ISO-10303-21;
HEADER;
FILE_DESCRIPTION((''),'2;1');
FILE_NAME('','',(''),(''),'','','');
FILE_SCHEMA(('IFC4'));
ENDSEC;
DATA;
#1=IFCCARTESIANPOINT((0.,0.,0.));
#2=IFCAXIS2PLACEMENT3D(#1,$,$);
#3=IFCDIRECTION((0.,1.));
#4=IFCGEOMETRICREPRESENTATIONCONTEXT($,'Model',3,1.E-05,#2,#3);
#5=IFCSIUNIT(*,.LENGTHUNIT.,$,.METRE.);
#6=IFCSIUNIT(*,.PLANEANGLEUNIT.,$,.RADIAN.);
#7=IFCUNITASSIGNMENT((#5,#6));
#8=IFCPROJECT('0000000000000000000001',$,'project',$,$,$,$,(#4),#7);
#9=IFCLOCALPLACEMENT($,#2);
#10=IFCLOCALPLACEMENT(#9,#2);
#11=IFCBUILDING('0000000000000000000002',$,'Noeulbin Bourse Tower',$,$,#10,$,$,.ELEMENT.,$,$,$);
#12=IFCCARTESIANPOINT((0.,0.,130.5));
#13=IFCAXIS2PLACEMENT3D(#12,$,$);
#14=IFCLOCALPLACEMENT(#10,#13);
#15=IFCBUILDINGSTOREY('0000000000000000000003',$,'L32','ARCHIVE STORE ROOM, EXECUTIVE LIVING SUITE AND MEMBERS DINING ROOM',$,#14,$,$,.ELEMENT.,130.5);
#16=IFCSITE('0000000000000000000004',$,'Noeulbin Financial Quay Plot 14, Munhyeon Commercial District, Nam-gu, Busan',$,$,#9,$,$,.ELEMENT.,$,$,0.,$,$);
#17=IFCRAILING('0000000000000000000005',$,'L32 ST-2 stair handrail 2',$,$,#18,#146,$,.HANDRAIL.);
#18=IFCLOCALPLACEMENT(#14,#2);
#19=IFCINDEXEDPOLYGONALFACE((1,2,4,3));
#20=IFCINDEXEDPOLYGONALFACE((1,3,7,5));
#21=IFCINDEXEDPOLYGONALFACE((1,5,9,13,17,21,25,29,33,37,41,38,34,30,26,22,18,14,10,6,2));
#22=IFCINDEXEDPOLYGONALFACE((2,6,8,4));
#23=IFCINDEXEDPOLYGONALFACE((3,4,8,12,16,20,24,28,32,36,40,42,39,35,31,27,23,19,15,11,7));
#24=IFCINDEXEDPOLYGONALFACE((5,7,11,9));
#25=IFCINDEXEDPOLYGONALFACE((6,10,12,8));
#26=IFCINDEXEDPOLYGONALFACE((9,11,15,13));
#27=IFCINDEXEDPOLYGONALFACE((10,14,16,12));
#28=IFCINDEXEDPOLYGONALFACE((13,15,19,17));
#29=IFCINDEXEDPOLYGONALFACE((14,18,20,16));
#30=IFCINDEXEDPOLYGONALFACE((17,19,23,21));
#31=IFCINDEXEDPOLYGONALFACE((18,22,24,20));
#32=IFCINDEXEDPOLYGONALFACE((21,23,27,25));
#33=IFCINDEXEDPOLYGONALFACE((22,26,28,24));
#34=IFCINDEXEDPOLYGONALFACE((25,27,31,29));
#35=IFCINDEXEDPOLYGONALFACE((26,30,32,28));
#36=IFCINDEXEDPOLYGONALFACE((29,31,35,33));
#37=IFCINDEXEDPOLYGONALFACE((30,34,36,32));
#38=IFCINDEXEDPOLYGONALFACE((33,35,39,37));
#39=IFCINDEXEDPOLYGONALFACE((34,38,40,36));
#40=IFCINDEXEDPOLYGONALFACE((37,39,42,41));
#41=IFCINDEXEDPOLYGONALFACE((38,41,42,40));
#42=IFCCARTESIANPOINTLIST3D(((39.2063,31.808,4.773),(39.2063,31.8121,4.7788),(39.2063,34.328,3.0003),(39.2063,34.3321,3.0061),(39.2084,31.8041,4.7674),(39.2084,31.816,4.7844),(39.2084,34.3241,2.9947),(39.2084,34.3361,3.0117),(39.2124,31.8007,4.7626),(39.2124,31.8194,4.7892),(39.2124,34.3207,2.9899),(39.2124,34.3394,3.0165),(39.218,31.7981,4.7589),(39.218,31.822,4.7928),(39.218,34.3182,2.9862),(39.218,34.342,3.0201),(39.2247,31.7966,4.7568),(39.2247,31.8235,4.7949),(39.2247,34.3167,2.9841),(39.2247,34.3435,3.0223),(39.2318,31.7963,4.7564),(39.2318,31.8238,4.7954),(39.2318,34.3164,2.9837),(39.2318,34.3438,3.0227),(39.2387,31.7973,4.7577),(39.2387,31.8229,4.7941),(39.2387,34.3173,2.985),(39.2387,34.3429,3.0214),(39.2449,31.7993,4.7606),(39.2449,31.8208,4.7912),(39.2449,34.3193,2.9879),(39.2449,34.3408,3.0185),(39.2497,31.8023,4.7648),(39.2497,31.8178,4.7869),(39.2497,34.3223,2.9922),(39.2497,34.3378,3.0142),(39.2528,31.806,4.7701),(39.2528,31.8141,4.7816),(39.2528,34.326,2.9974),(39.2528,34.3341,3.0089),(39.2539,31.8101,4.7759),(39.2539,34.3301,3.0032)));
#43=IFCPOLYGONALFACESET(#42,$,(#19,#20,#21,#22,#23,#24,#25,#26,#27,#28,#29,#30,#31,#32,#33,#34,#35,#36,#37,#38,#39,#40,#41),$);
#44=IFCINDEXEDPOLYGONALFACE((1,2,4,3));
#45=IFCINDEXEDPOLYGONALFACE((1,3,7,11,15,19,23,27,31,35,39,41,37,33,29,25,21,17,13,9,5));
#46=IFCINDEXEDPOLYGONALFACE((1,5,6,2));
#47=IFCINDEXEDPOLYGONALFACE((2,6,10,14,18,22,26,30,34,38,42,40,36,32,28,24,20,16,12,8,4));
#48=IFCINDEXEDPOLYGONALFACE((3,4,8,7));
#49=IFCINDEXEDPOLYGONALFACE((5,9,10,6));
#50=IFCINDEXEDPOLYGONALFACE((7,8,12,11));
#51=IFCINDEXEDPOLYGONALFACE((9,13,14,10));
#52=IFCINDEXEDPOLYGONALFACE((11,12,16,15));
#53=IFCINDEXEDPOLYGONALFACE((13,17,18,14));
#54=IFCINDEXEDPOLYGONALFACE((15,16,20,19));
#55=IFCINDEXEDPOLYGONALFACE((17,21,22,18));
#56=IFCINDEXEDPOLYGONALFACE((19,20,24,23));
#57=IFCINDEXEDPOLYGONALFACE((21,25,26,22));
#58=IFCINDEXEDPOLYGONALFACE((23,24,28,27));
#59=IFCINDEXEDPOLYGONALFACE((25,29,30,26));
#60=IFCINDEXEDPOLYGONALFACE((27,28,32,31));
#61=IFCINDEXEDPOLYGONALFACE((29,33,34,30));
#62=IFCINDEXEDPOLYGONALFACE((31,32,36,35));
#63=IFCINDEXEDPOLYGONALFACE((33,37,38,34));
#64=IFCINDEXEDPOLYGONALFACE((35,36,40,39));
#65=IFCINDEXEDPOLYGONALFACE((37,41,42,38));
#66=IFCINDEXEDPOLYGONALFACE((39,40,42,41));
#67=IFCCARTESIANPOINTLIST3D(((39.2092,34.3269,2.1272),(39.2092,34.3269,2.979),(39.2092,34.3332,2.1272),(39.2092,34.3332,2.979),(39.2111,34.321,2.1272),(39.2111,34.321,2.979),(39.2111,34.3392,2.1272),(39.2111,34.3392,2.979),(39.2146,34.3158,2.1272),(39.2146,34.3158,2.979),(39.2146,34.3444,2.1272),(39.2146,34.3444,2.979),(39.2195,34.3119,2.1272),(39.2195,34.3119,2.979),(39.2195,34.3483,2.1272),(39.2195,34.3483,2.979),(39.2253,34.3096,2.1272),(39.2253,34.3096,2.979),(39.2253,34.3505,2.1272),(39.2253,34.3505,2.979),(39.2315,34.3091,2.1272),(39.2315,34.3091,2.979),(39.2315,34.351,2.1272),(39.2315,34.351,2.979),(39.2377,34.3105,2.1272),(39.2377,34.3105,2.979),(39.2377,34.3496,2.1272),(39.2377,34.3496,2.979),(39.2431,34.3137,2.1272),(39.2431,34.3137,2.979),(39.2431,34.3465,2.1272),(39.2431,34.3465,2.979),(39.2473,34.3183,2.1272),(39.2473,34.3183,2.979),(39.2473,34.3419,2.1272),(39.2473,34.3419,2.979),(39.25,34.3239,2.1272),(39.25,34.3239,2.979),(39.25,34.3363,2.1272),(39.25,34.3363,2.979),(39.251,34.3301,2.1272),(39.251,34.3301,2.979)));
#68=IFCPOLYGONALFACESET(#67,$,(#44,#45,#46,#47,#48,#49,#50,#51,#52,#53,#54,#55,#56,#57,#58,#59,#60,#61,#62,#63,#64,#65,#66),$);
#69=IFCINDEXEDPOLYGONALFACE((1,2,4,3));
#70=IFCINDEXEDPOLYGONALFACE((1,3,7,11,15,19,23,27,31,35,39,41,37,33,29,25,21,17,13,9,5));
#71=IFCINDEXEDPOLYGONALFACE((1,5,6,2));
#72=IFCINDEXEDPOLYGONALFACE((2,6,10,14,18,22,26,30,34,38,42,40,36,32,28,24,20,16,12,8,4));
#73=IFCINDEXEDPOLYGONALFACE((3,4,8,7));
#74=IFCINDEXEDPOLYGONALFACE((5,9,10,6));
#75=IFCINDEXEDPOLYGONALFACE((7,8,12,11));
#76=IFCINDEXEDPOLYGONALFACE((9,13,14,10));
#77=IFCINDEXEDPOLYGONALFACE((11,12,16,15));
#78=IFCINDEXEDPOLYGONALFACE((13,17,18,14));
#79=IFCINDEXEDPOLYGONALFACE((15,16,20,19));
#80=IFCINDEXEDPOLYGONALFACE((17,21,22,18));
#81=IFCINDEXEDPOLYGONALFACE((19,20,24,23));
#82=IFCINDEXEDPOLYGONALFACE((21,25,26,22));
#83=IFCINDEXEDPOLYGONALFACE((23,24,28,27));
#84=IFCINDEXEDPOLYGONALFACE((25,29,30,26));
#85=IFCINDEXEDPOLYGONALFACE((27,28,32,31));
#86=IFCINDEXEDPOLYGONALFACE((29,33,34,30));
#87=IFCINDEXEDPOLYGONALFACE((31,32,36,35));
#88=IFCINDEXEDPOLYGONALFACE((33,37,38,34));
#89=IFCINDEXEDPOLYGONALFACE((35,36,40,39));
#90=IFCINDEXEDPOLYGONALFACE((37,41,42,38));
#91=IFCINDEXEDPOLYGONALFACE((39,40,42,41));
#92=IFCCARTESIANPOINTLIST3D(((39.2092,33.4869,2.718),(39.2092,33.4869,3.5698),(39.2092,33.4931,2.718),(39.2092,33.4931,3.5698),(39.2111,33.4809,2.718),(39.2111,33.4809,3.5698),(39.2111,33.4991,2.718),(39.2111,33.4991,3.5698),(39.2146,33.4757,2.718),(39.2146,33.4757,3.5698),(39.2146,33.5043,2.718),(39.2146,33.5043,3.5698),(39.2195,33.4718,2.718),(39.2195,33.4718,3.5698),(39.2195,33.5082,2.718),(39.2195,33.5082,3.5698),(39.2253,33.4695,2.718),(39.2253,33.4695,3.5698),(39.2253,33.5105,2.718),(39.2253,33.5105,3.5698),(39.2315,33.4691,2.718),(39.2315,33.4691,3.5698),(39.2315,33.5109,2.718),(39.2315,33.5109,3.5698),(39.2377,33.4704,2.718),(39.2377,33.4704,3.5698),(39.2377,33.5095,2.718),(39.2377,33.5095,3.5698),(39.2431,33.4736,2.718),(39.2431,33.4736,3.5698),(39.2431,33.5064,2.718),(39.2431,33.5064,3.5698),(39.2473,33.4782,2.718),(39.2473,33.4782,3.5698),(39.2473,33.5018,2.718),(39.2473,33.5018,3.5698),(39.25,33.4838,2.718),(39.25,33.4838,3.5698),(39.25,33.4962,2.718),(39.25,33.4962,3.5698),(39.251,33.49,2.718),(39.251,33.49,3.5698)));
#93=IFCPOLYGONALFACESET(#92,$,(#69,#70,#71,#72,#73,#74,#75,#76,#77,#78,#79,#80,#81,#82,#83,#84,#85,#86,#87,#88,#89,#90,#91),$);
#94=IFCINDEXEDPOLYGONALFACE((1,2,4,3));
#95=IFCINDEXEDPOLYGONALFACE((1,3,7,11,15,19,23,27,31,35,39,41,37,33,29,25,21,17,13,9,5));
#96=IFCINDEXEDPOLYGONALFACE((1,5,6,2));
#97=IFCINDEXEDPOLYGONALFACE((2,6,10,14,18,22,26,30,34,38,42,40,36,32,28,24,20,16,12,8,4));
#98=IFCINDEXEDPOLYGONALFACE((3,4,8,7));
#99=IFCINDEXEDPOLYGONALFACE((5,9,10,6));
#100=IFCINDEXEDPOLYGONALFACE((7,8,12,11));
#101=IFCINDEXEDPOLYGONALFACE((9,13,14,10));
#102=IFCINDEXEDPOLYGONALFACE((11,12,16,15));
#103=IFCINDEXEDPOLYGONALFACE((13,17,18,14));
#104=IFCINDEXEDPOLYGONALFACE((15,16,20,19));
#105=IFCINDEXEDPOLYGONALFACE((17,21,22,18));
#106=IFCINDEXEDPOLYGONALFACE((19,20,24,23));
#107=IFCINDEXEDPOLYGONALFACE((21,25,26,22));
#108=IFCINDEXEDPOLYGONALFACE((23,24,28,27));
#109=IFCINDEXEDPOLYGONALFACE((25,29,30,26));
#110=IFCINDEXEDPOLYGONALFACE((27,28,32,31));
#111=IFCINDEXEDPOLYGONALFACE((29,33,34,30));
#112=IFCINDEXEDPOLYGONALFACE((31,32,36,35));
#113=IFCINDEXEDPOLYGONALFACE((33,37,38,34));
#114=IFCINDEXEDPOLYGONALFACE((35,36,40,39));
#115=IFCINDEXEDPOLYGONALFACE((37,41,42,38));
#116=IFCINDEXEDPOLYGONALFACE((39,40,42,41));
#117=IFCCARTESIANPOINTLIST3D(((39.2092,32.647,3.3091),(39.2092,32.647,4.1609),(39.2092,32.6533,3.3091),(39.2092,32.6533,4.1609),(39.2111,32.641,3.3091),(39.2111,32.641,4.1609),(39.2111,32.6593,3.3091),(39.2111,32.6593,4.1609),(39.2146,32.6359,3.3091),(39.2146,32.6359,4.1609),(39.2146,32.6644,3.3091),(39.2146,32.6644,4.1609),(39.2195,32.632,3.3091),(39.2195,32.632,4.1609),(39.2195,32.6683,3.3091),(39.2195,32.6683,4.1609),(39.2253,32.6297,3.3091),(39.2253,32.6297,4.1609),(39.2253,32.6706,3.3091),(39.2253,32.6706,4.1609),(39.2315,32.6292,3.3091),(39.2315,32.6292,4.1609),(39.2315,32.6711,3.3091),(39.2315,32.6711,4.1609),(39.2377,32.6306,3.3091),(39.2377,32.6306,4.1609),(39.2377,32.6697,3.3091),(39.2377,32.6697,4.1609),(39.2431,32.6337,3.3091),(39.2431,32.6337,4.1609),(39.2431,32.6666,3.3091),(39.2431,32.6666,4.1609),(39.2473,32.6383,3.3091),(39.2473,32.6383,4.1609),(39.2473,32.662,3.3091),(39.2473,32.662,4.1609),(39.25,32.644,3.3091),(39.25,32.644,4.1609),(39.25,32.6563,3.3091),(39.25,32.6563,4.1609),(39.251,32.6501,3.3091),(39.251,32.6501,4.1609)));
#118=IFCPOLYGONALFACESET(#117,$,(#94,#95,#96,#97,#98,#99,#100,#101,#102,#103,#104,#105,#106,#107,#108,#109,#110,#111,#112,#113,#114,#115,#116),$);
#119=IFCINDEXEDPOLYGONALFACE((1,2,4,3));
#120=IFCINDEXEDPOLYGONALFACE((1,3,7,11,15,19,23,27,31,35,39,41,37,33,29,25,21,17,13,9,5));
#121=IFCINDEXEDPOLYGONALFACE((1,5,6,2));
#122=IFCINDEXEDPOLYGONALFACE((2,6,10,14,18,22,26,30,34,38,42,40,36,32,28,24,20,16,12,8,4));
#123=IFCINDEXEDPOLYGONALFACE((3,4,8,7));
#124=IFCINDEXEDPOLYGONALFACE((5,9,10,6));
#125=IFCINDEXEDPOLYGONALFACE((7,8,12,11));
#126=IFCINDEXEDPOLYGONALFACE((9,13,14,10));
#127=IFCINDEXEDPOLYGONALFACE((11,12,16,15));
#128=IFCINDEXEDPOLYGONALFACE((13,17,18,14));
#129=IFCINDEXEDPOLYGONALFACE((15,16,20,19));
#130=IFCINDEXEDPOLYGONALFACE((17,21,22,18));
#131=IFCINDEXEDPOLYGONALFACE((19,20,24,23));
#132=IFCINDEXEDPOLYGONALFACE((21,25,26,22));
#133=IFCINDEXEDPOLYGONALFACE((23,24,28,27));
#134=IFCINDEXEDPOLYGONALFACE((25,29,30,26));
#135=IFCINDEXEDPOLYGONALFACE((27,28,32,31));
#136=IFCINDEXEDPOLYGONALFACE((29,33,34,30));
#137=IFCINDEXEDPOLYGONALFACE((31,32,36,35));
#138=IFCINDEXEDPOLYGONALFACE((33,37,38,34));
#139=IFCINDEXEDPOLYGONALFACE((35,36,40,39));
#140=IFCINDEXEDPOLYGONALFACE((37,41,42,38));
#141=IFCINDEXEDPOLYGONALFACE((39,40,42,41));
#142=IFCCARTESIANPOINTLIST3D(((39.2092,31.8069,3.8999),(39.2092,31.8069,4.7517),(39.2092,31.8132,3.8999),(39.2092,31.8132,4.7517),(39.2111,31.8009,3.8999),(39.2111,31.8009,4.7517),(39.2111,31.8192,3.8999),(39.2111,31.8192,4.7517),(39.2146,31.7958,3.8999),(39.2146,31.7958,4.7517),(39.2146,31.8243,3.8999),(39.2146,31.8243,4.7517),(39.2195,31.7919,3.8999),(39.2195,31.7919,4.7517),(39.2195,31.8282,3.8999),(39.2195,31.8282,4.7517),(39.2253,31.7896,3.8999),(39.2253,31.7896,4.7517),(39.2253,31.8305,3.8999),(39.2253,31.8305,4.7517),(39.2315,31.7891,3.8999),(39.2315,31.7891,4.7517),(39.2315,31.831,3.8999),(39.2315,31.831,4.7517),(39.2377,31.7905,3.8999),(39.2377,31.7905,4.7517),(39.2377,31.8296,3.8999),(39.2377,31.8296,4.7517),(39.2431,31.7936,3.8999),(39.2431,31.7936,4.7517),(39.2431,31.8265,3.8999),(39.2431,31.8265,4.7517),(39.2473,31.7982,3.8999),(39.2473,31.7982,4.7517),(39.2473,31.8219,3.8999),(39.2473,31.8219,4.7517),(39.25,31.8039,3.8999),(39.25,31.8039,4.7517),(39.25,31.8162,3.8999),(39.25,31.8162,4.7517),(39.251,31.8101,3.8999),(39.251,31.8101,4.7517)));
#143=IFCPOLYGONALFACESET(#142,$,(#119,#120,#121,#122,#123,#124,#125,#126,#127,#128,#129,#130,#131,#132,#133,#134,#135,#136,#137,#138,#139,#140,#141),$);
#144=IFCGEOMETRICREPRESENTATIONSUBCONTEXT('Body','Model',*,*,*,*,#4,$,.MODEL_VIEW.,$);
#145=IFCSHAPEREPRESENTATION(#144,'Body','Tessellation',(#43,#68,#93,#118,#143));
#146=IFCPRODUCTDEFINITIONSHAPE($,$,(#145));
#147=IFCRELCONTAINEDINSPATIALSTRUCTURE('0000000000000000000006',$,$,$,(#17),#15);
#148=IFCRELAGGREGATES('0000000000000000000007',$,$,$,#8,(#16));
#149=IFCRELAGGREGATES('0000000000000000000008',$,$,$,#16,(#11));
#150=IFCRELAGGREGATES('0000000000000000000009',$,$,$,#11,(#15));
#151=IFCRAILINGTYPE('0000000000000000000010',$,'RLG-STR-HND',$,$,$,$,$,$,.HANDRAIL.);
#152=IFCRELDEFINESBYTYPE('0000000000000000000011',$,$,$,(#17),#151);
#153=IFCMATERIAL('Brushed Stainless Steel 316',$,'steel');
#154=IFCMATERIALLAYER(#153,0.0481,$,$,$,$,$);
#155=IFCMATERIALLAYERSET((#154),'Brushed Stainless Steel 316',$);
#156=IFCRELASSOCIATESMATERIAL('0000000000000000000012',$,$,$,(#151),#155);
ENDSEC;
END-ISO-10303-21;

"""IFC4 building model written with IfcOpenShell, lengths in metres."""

from ifc_helpers import new_model, si_unit, direction, frame, origin, origin_2d, place, context, subcontext, project, spatial, circle, extrude, material, layer, layer_set, type_object, element, save


model = new_model("IFC4")

# Units and contexts
model_context = context("Model", 3, precision=1e-05, world=origin(), true_north=direction((0.0, 1.0)))
body_context = subcontext(model_context, "Body", "Model", "MODEL_VIEW")
ifc_project = project(units=[si_unit("LENGTHUNIT", "METRE"), si_unit("PLANEANGLEUNIT", "RADIAN")], contexts=[model_context])

# Site, building, storey
site_placement = place(None, origin())
site = spatial("IfcSite", under=ifc_project, at=site_placement, Name="Noeulbin Financial Quay Plot 14, Munhyeon Commercial District, Nam-gu, Busan", CompositionType="ELEMENT", RefElevation=0.0)
building_placement = place(site_placement, origin())
building = spatial("IfcBuilding", under=site, at=building_placement, Name="Noeulbin Bourse Tower", CompositionType="ELEMENT")
storey_placement = place(building_placement, frame((0.0, 0.0, 130.5)))
storey = spatial("IfcBuildingStorey", under=building, at=storey_placement, Name="L32", Description="ARCHIVE STORE ROOM, EXECUTIVE LIVING SUITE AND MEMBERS DINING ROOM", CompositionType="ELEMENT", Elevation=130.5)

# Shared definitions
ifc_material_1 = material(Name="Brushed Stainless Steel 316", Category="steel")

# Railing
ifc_layer_1 = layer(ifc_material_1, 0.0481)
ifc_layer_set_1 = layer_set([ifc_layer_1], Name="Brushed Stainless Steel 316")
railing_type = type_object("IfcRailingType", Name="RLG-STR-HND", PredefinedType="HANDRAIL", material=ifc_layer_set_1)
railing_placement = place(storey_placement, frame((39.23, 34.3301, 2.1272)))
element("IfcRailing", 1, at=railing_placement, inside=storey, type_object=railing_type, Name="L32 ST-2 stair handrail 2", PredefinedType="HANDRAIL", context=body_context, shape_type="SweptSolid", body=[
    extrude(circle(Radius=0.0239, at=origin_2d()), frame((0.0, 0.0, 0.876), z_axis=(0.0, -0.817904, 0.575354), x_axis=(1.0, 0.0, 0.0)), (0.0, 0.0, 1.0), 3.0811),
    extrude(circle(Radius=0.021, at=origin_2d()), origin(), (0.0, 0.0, 1.0), 0.8518),
    extrude(circle(Radius=0.021, at=origin_2d()), frame((0.0, -0.8401, 0.5908)), (0.0, 0.0, 1.0), 0.8518),
    extrude(circle(Radius=0.021, at=origin_2d()), frame((0.0, -1.6799, 1.1819)), (0.0, 0.0, 1.0), 0.8518),
    extrude(circle(Radius=0.021, at=origin_2d()), frame((0.0, -2.52, 1.7727)), (0.0, 0.0, 1.0), 0.8518),
])

save(model, "model.ifc")
